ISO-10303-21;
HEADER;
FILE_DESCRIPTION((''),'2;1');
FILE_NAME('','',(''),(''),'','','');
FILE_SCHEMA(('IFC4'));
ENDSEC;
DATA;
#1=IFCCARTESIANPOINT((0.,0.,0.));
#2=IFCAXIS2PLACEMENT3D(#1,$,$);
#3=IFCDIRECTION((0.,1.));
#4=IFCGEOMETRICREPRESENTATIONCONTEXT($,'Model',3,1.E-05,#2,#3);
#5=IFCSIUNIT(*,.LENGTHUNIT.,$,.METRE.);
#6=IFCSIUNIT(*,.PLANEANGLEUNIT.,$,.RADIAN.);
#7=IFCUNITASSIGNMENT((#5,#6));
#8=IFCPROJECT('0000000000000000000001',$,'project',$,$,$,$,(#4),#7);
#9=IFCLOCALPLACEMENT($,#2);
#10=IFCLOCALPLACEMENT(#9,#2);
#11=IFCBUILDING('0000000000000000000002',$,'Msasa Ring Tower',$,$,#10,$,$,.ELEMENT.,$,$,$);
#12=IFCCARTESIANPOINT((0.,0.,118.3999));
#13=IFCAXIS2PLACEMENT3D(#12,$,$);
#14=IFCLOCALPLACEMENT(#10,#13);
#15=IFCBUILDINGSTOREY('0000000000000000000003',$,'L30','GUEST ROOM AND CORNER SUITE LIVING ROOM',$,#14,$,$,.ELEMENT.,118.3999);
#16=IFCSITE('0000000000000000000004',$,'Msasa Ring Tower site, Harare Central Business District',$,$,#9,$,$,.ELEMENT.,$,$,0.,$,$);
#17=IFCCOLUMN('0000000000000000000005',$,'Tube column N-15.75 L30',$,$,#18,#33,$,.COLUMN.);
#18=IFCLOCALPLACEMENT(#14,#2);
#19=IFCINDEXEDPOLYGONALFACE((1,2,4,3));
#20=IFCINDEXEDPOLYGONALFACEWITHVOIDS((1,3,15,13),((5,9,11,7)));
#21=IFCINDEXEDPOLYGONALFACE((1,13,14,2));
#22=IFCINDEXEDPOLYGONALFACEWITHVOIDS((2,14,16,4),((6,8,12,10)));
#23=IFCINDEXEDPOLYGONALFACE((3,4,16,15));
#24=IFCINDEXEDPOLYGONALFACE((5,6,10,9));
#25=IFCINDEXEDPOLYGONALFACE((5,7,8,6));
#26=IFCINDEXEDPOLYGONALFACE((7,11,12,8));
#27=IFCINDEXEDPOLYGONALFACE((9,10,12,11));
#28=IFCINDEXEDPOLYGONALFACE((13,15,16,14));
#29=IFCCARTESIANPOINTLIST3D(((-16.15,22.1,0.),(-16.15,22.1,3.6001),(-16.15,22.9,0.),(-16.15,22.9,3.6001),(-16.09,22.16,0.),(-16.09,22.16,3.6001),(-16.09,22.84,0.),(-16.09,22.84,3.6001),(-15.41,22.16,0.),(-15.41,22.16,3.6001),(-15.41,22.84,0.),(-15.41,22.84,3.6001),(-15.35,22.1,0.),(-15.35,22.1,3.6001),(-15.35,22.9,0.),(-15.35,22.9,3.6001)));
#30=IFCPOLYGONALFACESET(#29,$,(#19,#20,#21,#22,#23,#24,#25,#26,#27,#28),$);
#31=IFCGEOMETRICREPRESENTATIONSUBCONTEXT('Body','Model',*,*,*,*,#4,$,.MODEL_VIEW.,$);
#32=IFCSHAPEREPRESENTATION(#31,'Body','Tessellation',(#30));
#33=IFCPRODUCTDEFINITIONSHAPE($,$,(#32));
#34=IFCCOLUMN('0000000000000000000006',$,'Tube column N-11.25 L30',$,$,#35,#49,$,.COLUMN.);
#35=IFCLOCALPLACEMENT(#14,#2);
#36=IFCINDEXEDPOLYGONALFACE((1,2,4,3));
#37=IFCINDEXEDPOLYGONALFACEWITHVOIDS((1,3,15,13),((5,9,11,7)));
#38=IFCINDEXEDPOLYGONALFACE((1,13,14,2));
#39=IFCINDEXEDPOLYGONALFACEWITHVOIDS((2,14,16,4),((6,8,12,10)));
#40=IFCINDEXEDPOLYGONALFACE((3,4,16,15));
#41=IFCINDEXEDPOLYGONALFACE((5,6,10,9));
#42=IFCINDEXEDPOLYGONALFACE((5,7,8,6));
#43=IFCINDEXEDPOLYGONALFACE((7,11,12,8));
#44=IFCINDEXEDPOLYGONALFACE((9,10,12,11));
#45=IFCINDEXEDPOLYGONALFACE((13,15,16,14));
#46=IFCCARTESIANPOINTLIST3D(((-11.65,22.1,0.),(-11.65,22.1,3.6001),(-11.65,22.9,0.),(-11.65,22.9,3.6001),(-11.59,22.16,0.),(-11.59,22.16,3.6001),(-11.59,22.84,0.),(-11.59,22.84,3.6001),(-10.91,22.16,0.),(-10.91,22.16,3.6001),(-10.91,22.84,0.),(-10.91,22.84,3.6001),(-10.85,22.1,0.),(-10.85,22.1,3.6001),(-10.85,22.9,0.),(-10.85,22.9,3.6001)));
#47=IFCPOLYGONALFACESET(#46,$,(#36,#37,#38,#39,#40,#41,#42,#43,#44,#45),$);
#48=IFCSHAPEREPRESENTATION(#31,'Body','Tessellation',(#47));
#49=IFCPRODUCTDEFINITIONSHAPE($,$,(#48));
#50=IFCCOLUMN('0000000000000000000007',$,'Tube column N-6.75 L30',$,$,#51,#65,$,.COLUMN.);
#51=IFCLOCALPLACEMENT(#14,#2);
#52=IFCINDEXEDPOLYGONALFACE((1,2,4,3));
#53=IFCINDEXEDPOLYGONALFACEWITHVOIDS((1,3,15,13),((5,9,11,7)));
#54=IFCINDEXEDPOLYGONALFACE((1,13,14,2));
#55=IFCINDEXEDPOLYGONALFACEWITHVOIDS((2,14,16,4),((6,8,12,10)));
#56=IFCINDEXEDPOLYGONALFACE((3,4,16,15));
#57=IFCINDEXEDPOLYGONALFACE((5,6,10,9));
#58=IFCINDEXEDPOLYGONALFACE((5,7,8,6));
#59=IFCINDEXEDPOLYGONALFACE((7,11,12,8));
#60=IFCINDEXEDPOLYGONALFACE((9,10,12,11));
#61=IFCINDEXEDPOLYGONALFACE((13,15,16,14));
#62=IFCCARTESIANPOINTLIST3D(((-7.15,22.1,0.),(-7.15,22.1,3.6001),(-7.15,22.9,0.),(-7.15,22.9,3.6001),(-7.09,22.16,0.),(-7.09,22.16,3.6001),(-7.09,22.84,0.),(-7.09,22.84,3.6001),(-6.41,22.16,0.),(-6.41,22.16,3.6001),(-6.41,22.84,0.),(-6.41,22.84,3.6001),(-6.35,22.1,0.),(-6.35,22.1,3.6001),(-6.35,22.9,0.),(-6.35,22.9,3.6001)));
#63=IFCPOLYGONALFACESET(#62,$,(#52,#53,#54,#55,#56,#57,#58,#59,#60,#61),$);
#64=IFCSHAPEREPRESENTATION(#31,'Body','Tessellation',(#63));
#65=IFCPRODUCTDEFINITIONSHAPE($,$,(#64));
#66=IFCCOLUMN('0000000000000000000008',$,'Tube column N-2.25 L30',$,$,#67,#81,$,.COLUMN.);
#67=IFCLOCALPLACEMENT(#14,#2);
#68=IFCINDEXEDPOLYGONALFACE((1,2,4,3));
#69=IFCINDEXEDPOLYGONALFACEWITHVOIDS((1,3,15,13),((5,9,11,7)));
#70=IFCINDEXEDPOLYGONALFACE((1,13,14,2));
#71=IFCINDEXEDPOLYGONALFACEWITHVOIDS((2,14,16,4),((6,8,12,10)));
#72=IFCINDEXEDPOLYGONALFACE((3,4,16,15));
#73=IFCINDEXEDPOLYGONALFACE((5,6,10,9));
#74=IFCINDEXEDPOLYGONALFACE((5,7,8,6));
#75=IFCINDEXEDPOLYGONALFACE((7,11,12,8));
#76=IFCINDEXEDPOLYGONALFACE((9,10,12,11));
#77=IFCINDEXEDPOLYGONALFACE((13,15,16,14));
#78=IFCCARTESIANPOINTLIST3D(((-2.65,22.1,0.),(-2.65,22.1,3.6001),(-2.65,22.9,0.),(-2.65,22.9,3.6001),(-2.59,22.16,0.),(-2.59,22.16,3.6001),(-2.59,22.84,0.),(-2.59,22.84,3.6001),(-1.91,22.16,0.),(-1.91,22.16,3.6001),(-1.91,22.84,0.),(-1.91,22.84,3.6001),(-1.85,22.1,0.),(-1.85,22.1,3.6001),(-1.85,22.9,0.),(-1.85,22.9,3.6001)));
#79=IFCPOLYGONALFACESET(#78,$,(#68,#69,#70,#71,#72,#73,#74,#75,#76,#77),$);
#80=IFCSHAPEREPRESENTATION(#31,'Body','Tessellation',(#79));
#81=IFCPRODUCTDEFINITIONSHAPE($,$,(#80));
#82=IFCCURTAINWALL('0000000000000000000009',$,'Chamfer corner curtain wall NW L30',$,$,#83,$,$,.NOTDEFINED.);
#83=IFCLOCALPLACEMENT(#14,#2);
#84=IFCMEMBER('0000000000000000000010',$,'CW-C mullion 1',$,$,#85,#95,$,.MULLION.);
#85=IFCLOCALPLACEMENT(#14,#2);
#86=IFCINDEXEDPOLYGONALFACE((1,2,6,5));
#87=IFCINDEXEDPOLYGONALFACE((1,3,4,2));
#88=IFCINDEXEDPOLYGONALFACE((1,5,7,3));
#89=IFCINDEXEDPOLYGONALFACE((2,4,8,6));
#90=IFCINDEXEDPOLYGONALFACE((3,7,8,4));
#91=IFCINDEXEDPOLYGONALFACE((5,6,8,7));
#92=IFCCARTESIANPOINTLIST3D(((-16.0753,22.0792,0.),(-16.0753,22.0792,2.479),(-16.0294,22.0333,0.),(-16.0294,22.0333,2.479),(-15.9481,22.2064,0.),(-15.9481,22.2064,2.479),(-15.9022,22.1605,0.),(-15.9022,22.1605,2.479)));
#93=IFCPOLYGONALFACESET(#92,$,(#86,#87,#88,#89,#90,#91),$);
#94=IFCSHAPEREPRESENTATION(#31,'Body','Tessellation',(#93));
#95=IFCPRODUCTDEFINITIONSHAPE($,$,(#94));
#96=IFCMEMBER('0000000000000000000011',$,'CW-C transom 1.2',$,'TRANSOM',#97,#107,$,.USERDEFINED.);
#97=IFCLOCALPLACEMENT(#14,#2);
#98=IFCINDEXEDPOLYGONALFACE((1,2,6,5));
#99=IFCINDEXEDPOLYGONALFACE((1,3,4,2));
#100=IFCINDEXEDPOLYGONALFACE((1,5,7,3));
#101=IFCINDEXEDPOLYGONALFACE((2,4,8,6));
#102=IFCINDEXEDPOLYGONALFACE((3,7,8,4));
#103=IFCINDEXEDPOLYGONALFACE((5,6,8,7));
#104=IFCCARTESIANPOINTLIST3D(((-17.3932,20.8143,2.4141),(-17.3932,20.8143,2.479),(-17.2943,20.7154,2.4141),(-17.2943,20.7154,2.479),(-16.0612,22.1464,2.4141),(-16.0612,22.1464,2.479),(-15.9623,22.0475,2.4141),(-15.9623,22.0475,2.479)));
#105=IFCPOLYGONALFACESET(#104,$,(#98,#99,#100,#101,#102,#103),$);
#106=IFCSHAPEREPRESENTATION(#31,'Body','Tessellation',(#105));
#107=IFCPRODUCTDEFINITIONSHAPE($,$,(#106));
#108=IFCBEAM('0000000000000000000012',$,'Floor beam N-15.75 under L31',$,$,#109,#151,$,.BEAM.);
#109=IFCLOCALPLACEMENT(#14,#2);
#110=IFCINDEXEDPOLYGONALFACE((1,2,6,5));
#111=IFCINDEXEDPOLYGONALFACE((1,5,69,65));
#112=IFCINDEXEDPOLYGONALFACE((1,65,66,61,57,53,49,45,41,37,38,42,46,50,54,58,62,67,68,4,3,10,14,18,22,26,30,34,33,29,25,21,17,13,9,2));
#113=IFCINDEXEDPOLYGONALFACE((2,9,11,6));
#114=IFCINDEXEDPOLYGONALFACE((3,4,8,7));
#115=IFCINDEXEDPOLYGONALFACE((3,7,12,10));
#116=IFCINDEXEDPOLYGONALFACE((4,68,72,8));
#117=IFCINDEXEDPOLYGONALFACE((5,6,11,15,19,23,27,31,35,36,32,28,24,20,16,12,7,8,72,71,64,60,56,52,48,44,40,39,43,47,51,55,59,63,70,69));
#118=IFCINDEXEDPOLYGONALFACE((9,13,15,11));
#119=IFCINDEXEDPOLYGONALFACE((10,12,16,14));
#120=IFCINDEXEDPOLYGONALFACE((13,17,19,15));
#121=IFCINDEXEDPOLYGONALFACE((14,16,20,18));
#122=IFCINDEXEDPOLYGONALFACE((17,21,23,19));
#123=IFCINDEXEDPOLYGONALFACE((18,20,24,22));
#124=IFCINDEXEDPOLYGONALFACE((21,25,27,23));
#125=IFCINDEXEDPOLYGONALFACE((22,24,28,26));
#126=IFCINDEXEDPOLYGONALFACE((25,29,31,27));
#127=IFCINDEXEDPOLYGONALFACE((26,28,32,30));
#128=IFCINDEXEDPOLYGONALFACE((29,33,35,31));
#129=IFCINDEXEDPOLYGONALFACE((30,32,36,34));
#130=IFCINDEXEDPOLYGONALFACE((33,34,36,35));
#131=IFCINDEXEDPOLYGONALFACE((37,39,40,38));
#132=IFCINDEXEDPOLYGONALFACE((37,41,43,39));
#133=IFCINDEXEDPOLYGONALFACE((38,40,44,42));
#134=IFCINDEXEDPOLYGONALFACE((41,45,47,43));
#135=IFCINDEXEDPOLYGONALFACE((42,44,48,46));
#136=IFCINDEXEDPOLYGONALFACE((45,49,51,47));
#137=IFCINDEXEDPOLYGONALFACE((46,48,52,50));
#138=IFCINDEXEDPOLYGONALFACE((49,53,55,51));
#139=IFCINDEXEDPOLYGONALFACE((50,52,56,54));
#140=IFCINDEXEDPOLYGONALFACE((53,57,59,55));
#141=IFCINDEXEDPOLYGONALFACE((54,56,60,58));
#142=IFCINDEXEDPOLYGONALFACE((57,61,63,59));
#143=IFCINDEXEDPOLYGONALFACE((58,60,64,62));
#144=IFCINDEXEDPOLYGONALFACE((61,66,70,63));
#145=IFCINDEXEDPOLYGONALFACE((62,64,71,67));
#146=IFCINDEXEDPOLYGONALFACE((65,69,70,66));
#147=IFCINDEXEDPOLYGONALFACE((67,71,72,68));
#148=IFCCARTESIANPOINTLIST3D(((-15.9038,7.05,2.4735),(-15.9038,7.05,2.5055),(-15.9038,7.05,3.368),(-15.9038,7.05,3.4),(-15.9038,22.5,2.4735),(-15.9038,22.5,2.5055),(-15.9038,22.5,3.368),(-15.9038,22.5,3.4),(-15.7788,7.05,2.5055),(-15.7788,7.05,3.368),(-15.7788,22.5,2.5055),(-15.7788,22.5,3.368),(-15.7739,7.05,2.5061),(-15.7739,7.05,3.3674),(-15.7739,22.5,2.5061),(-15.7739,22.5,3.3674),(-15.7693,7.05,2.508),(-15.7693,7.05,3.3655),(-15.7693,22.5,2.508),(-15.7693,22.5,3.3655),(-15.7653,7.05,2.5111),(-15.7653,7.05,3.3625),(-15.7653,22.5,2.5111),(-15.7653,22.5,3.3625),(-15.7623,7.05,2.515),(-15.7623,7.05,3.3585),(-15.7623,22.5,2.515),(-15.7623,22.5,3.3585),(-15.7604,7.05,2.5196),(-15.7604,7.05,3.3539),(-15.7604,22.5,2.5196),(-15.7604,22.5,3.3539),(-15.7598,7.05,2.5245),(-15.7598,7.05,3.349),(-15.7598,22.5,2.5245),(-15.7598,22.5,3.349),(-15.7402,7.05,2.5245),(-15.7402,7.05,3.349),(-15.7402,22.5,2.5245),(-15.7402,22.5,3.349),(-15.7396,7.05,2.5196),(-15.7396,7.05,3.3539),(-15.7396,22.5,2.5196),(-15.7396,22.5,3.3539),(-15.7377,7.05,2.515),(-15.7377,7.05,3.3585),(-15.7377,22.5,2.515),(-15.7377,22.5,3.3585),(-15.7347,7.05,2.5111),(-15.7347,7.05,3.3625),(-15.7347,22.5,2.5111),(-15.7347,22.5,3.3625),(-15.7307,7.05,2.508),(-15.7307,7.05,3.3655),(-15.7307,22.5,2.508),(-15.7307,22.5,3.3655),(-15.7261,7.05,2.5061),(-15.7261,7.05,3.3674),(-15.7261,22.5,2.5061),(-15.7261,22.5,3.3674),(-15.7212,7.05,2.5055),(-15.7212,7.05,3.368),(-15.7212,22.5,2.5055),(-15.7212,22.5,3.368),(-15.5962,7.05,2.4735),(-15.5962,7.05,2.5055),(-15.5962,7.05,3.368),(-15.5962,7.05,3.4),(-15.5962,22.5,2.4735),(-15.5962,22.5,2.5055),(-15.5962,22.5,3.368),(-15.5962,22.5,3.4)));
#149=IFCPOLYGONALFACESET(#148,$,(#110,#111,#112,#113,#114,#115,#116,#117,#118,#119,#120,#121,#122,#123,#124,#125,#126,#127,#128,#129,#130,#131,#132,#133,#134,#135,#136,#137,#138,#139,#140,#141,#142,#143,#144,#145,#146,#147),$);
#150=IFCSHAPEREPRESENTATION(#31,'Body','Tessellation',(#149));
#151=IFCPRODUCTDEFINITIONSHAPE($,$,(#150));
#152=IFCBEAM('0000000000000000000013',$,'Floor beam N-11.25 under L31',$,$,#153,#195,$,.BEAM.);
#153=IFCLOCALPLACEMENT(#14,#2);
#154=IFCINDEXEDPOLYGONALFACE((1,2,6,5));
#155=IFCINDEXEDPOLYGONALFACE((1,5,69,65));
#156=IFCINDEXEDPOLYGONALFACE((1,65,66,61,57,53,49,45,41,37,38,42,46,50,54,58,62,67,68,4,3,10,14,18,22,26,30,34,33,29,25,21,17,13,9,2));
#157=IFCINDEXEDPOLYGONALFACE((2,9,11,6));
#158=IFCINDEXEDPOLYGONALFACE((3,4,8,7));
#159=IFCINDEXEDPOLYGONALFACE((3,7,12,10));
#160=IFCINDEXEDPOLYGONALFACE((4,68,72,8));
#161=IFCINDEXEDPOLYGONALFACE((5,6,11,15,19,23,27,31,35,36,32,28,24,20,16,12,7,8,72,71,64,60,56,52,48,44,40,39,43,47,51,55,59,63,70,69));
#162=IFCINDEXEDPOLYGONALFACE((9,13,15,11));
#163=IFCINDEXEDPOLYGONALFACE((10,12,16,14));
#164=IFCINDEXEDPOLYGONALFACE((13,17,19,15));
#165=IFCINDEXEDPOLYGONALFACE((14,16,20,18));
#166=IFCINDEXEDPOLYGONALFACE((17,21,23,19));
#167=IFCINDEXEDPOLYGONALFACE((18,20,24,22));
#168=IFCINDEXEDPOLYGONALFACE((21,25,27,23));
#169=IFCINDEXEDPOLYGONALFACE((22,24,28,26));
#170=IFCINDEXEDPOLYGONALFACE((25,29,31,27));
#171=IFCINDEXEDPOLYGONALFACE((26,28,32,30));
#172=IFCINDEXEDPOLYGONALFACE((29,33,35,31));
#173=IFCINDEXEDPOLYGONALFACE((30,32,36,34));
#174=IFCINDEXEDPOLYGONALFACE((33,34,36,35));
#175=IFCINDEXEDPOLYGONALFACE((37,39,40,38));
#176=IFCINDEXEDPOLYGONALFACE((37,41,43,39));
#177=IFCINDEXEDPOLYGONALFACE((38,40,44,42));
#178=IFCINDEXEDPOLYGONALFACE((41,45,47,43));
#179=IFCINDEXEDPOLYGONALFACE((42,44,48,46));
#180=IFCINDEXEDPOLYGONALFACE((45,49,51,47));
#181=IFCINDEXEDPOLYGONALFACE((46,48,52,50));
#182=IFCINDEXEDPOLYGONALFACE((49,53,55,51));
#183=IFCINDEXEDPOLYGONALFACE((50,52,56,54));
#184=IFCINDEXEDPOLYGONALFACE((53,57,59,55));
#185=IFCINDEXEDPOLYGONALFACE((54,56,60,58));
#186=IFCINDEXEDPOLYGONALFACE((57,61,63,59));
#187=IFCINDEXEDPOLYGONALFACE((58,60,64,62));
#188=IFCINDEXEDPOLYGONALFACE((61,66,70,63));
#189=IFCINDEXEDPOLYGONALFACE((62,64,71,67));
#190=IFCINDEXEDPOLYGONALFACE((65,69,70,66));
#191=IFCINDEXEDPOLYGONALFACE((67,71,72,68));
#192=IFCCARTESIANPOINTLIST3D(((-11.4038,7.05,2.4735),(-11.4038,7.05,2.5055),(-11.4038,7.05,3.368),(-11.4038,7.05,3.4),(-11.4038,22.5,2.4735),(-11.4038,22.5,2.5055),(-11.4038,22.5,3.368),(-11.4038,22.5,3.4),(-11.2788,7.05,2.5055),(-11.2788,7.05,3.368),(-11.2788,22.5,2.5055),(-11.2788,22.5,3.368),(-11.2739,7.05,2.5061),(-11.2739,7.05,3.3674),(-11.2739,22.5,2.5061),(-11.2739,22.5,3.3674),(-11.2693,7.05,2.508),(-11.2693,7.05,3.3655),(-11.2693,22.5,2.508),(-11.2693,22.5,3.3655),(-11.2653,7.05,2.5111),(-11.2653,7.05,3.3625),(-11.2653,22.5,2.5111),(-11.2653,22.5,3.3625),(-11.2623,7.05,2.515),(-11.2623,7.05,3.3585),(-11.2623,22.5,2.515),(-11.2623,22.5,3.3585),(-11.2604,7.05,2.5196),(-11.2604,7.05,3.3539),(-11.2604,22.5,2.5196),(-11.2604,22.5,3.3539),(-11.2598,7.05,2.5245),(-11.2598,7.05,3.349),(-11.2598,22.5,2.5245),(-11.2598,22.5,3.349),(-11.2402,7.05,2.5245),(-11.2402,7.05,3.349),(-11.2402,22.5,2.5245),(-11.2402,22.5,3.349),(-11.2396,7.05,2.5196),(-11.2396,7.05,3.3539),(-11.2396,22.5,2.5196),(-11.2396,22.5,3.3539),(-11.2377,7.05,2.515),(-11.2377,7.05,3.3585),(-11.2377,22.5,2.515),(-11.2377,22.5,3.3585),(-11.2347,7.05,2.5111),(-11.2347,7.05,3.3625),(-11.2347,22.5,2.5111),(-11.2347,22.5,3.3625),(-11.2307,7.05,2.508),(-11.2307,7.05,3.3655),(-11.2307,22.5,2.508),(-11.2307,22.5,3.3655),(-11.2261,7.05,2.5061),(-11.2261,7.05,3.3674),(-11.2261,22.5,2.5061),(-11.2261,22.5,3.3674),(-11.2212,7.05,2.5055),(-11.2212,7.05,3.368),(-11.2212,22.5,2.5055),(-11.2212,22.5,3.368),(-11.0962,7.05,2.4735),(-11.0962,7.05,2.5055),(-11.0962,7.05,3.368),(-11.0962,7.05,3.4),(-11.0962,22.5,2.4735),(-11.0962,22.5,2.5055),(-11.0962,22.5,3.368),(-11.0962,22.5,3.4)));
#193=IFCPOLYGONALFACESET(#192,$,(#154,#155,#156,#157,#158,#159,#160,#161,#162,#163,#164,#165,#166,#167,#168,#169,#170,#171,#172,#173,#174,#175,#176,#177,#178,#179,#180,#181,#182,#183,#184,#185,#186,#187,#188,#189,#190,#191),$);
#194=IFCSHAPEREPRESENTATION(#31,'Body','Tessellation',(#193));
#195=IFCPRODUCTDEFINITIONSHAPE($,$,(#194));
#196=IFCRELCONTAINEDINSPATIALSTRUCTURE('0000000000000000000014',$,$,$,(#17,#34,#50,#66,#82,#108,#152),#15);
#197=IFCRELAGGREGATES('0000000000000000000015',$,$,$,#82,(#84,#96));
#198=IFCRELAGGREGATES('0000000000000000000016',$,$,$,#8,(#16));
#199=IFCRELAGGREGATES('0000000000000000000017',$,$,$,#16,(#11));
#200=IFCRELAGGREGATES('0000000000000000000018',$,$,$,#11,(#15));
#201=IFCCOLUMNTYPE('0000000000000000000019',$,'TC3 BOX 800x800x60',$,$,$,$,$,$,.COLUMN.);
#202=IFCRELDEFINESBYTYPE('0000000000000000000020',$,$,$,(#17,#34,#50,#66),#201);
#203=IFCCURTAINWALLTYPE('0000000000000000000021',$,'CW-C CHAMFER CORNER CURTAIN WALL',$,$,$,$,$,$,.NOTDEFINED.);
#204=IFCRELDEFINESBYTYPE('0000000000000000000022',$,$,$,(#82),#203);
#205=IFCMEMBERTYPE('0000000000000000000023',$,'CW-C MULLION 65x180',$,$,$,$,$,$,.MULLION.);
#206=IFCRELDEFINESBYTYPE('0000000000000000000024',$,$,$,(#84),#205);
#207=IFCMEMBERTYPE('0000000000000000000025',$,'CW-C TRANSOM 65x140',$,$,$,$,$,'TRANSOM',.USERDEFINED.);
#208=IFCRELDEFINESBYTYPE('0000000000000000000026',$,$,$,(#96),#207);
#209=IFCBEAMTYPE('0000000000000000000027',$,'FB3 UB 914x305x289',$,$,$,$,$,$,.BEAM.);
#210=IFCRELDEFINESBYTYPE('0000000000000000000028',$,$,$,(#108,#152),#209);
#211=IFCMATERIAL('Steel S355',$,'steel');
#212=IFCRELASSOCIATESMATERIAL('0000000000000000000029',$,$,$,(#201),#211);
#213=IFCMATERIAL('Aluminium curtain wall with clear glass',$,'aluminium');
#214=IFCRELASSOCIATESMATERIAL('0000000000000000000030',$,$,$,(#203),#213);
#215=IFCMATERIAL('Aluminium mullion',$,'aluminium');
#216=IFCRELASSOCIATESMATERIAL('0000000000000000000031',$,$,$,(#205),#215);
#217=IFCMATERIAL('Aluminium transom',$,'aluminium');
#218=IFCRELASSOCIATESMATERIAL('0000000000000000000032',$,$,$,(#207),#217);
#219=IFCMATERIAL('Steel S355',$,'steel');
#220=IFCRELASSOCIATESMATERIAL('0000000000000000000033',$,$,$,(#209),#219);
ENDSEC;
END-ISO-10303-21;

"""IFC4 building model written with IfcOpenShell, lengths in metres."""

from ifc_helpers import new_model, si_unit, direction, frame, origin, origin_2d, place, context, subcontext, project, spatial, rectangle, hollow_rectangle, i_section, extrude, material, material_profile, profile_set, type_object, element, aggregate, save


model = new_model("IFC4")

# Units and contexts
model_context = context("Model", 3, precision=1e-05, world=origin(), true_north=direction((0.0, 1.0)))
body_context = subcontext(model_context, "Body", "Model", "MODEL_VIEW")
ifc_project = project(units=[si_unit("LENGTHUNIT", "METRE"), si_unit("PLANEANGLEUNIT", "RADIAN")], contexts=[model_context])

# Site, building, storey
site_placement = place(None, origin())
site = spatial("IfcSite", under=ifc_project, at=site_placement, Name="Msasa Ring Tower site, Harare Central Business District", CompositionType="ELEMENT", RefElevation=0.0)
building_placement = place(site_placement, origin())
building = spatial("IfcBuilding", under=site, at=building_placement, Name="Msasa Ring Tower", CompositionType="ELEMENT")
storey_placement = place(building_placement, frame((0.0, 0.0, 118.3999)))
storey = spatial("IfcBuildingStorey", under=building, at=storey_placement, Name="L30", Description="GUEST ROOM AND CORNER SUITE LIVING ROOM", CompositionType="ELEMENT", Elevation=118.3999)

# Columns
ifc_material_1 = material(Name="Steel S355", Category="steel")
ifc_material_profile_1 = material_profile(ifc_material_1, hollow_rectangle(XDim=0.8, YDim=0.8, WallThickness=0.0601, at=origin_2d()), Name="BOX 800x800x60")
ifc_profile_set_1 = profile_set([ifc_material_profile_1], Name="Steel S355")
column_type = type_object("IfcColumnType", Name="TC3 BOX 800x800x60", PredefinedType="COLUMN", material=ifc_profile_set_1)
for number, where, z_axis, x_axis, name in (
    (1, (-15.75, 22.5, 0.0), (0.0, 0.0, 1.0), (0.0, 1.0, 0.0), "Tube column N-15.75 L30"),
    (2, (-11.25, 22.5, 0.0), (0.0, 0.0, 1.0), (0.0, 1.0, 0.0), "Tube column N-11.25 L30"),
    (3, (-6.75, 22.5, 0.0), (0.0, 0.0, 1.0), (0.0, 1.0, 0.0), "Tube column N-6.75 L30"),
    (4, (-2.25, 22.5, 0.0), (0.0, 0.0, 1.0), (0.0, 1.0, 0.0), "Tube column N-2.25 L30"),
):
    element("IfcColumn", number, at=place(storey_placement, frame(where, z_axis=z_axis, x_axis=x_axis)), inside=storey, type_object=column_type, Name=name, PredefinedType="COLUMN", context=body_context, shape_type="SweptSolid", body=[
        extrude(hollow_rectangle(XDim=0.8, YDim=0.8, WallThickness=0.0601, at=origin_2d()), origin(), (0.0, 0.0, 1.0), 3.6001),
    ])

# Curtain wall, members
ifc_material_2 = material(Name="Aluminium curtain wall with clear glass", Category="aluminium")
curtain_wall_type = type_object("IfcCurtainWallType", Name="CW-C CHAMFER CORNER CURTAIN WALL", PredefinedType="NOTDEFINED", material=ifc_material_2)
curtain_wall_placement = place(storey_placement, origin())
curtain_wall = element("IfcCurtainWall", 5, at=curtain_wall_placement, inside=storey, type_object=curtain_wall_type, Name="Chamfer corner curtain wall NW L30", PredefinedType="NOTDEFINED")
ifc_material_3 = material(Name="Aluminium mullion", Category="aluminium")
ifc_material_profile_2 = material_profile(ifc_material_3, rectangle(XDim=0.0649, YDim=0.1799, at=origin_2d()), Name="AL 65x180")
ifc_profile_set_2 = profile_set([ifc_material_profile_2], Name="Aluminium mullion")
member_type_1 = type_object("IfcMemberType", Name="CW-C MULLION 65x180", PredefinedType="MULLION", material=ifc_profile_set_2)
member_1_placement = place(storey_placement, frame((-15.9888, 22.1199, 0.0), z_axis=(0.0, 0.0, 1.0), x_axis=(0.707107, -0.707107, 0.0)))
member_1 = element("IfcMember", 6, at=member_1_placement, type_object=member_type_1, Name="CW-C mullion 1", PredefinedType="MULLION", context=body_context, shape_type="SweptSolid", body=[
    extrude(rectangle(XDim=0.0649, YDim=0.1799, at=origin_2d()), origin(), (0.0, 0.0, 1.0), 2.479),
])
ifc_material_4 = material(Name="Aluminium transom", Category="aluminium")
ifc_material_profile_3 = material_profile(ifc_material_4, rectangle(XDim=0.1399, YDim=0.0649, at=origin_2d()), Name="AL 65x140")
ifc_profile_set_3 = profile_set([ifc_material_profile_3], Name="Aluminium transom")
member_type_2 = type_object("IfcMemberType", Name="CW-C TRANSOM 65x140", ElementType="TRANSOM", PredefinedType="USERDEFINED", material=ifc_profile_set_3)
member_2_placement = place(storey_placement, frame((-16.0117, 22.0969, 2.4465), z_axis=(-0.707107, -0.707107, 0.0), x_axis=(0.707107, -0.707107, 0.0)))
member_2 = element("IfcMember", 7, at=member_2_placement, type_object=member_type_2, Name="CW-C transom 1.2", ObjectType="TRANSOM", PredefinedType="USERDEFINED", context=body_context, shape_type="SweptSolid", body=[
    extrude(rectangle(XDim=0.1399, YDim=0.0649, at=origin_2d()), origin(), (0.0, 0.0, 1.0), 1.8838),
])
aggregate(curtain_wall, [member_1, member_2])

# Beams
ifc_material_5 = material(Name="Steel S355", Category="steel")
ifc_material_profile_4 = material_profile(ifc_material_5, i_section(OverallWidth=0.3076, OverallDepth=0.9265, WebThickness=0.0195, FlangeThickness=0.032, FilletRadius=0.019, at=origin_2d()), Name="UB 914x305x289")
ifc_profile_set_4 = profile_set([ifc_material_profile_4], Name="Steel S355")
beam_type_1 = type_object("IfcBeamType", Name="FB3 UB 914x305x289", PredefinedType="BEAM", material=ifc_profile_set_4)
for number, where, z_axis, x_axis, name in (
    (8, (-15.75, 22.5, 2.9368), (0.0, -1.0, 0.0), (1.0, 0.0, 0.0), "Floor beam N-15.75 under L31"),
    (9, (-11.25, 22.5, 2.9368), (0.0, -1.0, 0.0), (1.0, 0.0, 0.0), "Floor beam N-11.25 under L31"),
):
    element("IfcBeam", number, at=place(storey_placement, frame(where, z_axis=z_axis, x_axis=x_axis)), inside=storey, type_object=beam_type_1, Name=name, PredefinedType="BEAM", context=body_context, shape_type="SweptSolid", body=[
        extrude(i_section(OverallWidth=0.3076, OverallDepth=0.9265, WebThickness=0.0195, FlangeThickness=0.032, FilletRadius=0.019, at=origin_2d()), origin(), (0.0, 0.0, 1.0), 15.45),
    ])

save(model, "model.ifc")
